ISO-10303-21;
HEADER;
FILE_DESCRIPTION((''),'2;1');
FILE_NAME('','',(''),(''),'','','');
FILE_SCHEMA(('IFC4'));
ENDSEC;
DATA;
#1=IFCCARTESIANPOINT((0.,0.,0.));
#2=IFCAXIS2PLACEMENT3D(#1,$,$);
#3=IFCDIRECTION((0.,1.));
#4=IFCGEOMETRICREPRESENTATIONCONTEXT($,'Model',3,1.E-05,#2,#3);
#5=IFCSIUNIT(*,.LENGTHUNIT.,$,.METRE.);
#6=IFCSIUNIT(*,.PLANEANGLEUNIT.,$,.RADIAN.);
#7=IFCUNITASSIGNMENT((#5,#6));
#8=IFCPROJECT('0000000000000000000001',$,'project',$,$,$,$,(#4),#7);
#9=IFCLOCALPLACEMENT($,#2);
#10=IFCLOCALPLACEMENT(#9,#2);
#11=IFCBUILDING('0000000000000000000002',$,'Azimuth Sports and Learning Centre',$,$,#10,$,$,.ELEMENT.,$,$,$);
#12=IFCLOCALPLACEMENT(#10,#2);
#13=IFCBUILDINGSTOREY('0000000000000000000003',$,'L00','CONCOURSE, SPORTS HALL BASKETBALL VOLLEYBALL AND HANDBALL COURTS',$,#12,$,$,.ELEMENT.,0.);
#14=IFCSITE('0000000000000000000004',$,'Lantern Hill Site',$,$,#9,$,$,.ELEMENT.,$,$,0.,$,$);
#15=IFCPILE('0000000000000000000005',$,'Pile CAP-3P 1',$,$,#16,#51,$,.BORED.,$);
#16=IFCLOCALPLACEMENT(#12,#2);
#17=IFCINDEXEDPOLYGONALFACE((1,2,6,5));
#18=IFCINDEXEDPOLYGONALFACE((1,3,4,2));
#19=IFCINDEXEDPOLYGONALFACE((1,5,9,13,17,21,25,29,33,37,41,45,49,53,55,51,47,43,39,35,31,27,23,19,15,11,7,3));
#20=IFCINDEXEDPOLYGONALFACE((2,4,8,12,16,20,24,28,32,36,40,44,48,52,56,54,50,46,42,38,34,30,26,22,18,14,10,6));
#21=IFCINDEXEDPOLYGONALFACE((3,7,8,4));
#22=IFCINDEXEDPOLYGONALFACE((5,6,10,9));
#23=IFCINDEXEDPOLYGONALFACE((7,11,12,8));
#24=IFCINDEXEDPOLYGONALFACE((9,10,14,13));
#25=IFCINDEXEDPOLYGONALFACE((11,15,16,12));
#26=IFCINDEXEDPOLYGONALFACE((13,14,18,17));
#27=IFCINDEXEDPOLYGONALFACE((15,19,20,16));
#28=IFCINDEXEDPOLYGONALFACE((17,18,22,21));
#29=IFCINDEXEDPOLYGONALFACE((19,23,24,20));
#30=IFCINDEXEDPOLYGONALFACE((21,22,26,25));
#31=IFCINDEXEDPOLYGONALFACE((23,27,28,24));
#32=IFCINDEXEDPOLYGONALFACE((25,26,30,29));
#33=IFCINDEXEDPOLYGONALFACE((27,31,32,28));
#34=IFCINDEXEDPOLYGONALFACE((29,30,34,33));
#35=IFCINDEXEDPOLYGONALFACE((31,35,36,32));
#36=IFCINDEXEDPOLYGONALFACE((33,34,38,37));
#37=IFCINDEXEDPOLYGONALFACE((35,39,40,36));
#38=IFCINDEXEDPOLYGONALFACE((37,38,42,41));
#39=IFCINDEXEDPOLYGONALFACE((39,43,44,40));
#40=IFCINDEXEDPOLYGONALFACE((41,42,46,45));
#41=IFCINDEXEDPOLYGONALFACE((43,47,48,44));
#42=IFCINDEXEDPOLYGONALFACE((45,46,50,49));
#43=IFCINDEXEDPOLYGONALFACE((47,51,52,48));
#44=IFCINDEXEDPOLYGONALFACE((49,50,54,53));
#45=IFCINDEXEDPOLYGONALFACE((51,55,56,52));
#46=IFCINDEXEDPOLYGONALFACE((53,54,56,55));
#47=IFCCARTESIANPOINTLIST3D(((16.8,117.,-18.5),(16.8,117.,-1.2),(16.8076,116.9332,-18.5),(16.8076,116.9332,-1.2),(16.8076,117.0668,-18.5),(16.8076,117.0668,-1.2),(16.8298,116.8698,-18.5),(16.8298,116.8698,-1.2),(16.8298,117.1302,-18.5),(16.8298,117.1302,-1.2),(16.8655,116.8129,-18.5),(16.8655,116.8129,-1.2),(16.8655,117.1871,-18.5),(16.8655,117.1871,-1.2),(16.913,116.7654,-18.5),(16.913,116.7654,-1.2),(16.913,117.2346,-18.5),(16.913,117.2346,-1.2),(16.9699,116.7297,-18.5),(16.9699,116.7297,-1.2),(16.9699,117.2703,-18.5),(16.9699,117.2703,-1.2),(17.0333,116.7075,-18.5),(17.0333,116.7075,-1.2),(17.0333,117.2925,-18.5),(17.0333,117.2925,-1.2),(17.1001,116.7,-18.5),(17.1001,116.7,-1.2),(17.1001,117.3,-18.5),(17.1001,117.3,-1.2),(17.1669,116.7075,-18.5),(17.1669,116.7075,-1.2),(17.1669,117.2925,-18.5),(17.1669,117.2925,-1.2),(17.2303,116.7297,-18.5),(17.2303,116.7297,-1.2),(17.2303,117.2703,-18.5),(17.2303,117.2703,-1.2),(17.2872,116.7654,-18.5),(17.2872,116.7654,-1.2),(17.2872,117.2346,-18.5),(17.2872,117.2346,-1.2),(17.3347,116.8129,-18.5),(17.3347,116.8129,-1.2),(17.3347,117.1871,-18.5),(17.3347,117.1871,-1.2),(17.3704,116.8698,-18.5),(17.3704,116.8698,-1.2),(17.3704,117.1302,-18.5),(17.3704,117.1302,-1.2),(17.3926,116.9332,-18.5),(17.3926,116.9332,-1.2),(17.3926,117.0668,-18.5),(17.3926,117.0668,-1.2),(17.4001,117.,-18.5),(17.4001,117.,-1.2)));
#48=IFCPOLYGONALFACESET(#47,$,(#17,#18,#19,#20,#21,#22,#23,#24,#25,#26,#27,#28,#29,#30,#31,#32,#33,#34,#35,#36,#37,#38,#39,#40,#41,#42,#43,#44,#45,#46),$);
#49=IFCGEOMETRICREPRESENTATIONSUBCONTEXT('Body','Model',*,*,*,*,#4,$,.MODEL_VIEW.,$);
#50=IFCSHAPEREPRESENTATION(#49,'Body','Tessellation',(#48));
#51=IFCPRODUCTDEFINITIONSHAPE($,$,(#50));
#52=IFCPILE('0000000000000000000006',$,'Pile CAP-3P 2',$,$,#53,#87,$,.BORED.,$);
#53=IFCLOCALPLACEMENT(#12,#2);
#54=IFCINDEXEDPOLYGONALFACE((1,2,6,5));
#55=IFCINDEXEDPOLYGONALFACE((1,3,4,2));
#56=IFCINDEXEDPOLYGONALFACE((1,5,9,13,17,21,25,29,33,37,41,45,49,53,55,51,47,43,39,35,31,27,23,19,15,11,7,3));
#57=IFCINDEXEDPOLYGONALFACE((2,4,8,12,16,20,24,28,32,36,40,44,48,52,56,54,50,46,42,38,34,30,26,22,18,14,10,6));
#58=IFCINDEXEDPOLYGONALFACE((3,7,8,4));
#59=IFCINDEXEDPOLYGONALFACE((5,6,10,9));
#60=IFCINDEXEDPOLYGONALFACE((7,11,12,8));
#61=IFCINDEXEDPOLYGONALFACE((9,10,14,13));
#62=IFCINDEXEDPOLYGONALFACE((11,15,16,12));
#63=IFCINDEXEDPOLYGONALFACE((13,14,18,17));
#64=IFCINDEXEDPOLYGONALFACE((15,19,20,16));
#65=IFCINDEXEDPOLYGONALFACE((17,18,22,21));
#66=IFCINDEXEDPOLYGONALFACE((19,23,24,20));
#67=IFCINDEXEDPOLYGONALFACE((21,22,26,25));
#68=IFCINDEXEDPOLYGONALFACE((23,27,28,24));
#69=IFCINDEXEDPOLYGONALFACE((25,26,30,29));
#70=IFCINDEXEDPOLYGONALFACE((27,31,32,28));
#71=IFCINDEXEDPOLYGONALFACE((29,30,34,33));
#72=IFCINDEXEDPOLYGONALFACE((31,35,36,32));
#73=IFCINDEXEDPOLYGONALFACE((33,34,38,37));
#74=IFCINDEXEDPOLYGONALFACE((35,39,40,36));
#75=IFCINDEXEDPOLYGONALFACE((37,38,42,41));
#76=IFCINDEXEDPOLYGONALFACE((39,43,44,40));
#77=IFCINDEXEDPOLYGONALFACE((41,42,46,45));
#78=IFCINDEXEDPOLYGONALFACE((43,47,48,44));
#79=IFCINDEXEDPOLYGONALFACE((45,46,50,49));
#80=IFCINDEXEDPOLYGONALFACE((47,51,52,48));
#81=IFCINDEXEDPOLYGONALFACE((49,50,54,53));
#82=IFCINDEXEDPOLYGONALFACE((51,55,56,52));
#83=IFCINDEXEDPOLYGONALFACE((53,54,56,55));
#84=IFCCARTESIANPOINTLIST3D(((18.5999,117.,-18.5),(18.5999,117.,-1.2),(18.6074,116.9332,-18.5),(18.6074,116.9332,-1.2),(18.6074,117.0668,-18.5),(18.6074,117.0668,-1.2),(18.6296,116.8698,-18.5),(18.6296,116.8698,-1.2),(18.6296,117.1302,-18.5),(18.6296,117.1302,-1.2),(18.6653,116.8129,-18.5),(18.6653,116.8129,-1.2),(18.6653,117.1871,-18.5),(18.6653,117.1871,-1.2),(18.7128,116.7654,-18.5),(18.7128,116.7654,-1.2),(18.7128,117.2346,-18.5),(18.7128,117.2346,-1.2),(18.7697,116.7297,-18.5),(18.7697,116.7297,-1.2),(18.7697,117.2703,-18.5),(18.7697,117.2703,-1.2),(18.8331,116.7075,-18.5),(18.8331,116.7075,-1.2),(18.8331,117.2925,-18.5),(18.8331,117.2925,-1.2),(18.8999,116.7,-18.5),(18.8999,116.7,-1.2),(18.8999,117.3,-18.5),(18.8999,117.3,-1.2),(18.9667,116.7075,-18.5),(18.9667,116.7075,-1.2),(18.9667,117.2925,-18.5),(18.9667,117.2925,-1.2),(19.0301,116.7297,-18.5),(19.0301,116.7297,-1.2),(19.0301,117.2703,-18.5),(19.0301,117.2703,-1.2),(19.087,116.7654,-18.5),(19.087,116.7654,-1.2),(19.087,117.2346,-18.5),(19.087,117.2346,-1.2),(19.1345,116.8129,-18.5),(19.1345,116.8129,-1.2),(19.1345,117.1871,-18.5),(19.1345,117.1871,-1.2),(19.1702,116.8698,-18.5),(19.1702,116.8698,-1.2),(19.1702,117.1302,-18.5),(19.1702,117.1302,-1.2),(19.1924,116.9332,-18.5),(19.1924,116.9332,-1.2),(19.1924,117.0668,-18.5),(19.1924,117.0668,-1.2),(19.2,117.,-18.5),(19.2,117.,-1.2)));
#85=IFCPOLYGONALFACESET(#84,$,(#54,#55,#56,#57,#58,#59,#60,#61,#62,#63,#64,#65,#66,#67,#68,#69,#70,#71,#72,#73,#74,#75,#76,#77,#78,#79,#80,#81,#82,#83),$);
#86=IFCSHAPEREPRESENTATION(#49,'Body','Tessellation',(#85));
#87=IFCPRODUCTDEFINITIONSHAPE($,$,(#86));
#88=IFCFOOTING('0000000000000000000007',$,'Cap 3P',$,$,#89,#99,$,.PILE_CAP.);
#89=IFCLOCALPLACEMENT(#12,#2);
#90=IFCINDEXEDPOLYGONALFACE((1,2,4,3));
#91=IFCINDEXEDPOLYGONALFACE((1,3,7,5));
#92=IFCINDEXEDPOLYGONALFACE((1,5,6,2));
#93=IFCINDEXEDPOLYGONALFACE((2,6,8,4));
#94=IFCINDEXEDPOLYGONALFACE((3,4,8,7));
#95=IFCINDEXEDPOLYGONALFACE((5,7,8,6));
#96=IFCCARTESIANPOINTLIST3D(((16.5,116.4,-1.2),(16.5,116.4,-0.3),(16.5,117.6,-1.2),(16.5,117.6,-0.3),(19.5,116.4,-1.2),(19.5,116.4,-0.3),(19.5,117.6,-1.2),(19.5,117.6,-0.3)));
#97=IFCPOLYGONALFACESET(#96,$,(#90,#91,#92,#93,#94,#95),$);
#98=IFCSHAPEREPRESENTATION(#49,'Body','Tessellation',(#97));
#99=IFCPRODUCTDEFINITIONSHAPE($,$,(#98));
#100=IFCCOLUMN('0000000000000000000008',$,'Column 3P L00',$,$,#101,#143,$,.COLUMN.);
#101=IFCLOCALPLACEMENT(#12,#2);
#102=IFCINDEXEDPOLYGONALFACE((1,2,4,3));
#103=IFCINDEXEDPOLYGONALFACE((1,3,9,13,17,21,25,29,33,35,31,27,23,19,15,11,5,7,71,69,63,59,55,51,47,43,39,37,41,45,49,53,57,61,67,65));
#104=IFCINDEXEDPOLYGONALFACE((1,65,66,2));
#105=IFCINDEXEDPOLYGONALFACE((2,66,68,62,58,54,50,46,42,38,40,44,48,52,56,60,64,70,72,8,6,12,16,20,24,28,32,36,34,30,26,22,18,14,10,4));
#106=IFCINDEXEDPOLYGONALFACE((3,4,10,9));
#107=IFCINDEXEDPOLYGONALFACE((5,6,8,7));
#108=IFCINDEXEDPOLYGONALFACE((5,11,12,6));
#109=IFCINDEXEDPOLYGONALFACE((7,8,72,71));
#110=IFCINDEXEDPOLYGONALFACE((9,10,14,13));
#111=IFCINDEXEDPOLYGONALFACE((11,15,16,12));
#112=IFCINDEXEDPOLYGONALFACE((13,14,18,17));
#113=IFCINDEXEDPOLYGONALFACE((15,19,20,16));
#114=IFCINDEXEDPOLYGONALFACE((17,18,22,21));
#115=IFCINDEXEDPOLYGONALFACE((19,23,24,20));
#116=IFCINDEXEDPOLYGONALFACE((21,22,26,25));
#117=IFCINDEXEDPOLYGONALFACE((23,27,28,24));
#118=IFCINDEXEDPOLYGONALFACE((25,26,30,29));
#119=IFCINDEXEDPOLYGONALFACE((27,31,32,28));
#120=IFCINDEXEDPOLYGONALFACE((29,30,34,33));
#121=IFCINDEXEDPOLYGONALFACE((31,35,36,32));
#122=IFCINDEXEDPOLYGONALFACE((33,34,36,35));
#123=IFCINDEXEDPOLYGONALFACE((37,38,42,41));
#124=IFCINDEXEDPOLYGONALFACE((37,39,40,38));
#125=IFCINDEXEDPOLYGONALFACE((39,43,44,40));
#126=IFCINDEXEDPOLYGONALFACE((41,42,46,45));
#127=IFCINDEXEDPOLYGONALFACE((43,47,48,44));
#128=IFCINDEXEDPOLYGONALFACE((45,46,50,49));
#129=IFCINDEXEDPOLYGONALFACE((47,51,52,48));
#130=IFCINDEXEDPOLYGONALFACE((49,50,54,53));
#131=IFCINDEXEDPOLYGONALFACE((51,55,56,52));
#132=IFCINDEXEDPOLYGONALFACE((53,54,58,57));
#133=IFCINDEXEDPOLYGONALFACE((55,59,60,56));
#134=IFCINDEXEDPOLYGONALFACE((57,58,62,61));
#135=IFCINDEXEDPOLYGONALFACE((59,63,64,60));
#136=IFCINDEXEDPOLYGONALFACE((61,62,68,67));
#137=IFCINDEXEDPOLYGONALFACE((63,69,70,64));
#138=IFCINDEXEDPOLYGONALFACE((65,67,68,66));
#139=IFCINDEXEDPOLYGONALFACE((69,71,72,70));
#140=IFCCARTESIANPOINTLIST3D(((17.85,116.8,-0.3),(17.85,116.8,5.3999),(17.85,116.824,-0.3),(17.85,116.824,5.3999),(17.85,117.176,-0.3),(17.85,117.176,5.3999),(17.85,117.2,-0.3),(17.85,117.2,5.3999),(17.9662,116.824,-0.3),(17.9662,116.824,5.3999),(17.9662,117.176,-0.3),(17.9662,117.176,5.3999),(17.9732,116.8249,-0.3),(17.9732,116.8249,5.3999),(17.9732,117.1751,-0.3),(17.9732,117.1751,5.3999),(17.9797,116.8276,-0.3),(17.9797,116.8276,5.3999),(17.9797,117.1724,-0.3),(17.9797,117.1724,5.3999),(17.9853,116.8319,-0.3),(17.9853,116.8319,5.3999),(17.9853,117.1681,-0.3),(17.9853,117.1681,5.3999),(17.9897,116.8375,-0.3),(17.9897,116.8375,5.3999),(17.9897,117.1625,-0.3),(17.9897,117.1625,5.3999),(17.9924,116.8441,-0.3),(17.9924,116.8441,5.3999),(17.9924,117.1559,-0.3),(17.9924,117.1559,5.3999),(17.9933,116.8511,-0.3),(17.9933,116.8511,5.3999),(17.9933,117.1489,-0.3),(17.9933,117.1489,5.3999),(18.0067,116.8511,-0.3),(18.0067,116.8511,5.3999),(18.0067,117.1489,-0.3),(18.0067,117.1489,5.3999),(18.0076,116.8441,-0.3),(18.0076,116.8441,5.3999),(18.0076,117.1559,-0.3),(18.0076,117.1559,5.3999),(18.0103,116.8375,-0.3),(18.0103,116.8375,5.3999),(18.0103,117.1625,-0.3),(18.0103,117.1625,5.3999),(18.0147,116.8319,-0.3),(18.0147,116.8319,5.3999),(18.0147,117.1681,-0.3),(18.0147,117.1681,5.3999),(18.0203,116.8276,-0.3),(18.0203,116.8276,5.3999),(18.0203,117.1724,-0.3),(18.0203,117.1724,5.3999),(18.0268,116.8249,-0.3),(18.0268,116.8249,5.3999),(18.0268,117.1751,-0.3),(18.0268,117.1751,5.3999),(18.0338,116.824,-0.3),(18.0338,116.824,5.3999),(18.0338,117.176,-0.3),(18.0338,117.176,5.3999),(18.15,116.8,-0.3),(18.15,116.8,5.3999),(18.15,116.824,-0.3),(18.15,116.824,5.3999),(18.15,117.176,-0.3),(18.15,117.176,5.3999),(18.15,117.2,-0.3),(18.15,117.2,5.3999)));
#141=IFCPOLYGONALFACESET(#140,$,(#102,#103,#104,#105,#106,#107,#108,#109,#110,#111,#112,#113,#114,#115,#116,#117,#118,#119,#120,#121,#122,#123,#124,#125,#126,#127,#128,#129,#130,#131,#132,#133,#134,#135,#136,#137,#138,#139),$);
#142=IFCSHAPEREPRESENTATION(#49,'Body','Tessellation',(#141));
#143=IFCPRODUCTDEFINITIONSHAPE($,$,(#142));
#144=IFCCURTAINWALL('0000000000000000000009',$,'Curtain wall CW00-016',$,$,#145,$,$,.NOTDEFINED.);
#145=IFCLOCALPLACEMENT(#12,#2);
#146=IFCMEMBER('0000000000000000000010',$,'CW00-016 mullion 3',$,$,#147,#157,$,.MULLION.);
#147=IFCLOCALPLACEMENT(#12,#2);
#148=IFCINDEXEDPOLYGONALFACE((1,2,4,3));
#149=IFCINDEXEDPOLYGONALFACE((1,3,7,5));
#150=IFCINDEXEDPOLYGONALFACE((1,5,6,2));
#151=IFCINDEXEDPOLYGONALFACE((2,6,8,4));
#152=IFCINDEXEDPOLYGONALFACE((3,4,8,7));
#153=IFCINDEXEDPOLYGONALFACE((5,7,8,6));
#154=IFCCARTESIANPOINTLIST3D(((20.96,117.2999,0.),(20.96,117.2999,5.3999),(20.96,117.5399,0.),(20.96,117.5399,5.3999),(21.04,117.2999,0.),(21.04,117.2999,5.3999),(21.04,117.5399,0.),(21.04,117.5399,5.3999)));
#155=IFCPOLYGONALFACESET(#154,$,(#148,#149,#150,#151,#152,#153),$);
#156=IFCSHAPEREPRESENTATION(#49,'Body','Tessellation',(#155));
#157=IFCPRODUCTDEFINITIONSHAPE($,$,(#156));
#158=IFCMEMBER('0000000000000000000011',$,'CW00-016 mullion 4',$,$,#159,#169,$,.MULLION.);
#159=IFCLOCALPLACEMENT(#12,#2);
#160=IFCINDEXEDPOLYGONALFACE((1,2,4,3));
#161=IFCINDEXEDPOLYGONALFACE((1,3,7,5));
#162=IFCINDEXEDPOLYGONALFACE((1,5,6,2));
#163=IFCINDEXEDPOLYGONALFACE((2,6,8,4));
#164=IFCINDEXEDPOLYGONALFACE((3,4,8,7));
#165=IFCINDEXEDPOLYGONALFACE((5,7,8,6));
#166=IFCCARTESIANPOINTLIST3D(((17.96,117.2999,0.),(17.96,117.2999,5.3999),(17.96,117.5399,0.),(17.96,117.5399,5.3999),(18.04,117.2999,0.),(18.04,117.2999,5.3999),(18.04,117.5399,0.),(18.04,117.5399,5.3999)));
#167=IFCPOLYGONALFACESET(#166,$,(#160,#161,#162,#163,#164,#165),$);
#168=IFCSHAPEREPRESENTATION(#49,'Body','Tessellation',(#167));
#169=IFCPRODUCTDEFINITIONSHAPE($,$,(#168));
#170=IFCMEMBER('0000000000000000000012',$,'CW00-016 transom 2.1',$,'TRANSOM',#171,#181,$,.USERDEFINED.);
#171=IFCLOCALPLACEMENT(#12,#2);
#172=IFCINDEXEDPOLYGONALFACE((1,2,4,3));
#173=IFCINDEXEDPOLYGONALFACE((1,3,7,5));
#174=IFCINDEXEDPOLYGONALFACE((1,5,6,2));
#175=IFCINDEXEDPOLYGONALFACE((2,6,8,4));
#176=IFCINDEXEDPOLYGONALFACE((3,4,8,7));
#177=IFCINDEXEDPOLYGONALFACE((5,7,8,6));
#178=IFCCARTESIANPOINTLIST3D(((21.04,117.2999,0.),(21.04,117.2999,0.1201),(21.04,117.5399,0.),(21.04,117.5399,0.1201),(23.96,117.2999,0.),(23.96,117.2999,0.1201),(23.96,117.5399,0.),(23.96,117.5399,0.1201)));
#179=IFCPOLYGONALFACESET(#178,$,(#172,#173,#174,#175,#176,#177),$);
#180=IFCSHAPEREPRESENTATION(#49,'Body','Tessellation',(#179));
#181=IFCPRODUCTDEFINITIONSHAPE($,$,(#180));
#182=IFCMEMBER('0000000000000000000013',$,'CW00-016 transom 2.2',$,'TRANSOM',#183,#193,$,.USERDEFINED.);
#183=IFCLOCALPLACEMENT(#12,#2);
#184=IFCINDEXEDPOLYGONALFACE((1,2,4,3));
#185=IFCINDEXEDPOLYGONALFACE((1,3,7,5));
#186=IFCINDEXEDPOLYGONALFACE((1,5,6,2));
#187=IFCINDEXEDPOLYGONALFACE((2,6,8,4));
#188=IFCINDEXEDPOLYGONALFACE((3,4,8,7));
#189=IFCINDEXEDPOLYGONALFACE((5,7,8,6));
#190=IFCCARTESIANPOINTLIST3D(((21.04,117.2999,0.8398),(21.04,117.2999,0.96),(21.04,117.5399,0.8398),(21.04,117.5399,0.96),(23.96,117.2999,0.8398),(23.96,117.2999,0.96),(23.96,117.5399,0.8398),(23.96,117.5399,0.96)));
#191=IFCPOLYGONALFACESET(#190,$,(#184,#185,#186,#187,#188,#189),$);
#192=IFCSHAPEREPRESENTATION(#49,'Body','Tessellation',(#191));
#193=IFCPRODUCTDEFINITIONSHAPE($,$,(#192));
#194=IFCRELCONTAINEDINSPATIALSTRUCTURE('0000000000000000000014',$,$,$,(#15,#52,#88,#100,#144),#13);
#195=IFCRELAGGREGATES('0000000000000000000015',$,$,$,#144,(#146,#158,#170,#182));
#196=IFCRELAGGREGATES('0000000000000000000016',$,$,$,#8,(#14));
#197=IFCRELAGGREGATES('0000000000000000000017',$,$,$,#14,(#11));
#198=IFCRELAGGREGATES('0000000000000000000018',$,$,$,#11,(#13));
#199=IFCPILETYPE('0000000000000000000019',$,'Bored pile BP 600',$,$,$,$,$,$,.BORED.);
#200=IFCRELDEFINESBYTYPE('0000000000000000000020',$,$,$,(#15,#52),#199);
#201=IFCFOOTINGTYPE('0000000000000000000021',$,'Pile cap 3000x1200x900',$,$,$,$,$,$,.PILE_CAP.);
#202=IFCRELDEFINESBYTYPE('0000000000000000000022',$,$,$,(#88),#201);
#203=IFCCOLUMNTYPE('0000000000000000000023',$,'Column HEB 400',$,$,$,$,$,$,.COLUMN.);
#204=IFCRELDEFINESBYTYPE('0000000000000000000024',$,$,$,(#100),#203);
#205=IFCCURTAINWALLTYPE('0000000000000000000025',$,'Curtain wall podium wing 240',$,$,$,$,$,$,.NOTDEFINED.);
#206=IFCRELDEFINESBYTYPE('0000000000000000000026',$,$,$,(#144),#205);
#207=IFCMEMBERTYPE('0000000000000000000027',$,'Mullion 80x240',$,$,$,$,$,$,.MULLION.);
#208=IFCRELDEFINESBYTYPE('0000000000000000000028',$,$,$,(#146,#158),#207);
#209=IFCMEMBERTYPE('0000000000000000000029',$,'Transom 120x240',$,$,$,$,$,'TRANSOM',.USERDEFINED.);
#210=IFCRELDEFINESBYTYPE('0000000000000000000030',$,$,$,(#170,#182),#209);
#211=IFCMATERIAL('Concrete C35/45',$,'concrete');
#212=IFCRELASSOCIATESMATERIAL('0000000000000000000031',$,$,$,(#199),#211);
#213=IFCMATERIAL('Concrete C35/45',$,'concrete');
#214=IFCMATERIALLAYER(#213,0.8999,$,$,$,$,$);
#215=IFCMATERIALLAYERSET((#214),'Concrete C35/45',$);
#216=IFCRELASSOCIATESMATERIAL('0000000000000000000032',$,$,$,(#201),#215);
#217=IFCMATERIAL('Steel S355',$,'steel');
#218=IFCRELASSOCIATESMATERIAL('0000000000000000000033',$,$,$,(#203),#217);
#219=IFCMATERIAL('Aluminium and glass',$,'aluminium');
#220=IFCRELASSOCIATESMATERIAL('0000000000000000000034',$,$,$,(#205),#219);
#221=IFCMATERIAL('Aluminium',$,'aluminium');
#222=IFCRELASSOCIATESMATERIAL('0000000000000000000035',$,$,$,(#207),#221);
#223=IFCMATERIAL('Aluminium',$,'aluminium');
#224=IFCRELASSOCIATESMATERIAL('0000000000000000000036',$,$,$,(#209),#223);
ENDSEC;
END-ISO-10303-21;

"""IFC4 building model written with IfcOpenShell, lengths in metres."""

from ifc_helpers import new_model, si_unit, direction, frame, origin, origin_2d, place, context, subcontext, project, spatial, rectangle, circle, i_section, extrude, material, layer, layer_set, material_profile, profile_set, type_object, element, aggregate, save


model = new_model("IFC4")

# Units and contexts
model_context = context("Model", 3, precision=1e-05, world=origin(), true_north=direction((0.0, 1.0)))
body_context = subcontext(model_context, "Body", "Model", "MODEL_VIEW")
ifc_project = project(units=[si_unit("LENGTHUNIT", "METRE"), si_unit("PLANEANGLEUNIT", "RADIAN")], contexts=[model_context])

# Site, building, storey
site_placement = place(None, origin())
site = spatial("IfcSite", under=ifc_project, at=site_placement, Name="Lantern Hill Site", CompositionType="ELEMENT", RefElevation=0.0)
building_placement = place(site_placement, origin())
building = spatial("IfcBuilding", under=site, at=building_placement, Name="Azimuth Sports and Learning Centre", CompositionType="ELEMENT")
storey_placement = place(building_placement, origin())
storey = spatial("IfcBuildingStorey", under=building, at=storey_placement, Name="L00", Description="CONCOURSE, SPORTS HALL BASKETBALL VOLLEYBALL AND HANDBALL COURTS", CompositionType="ELEMENT", Elevation=0.0)

# Piles
ifc_material_1 = material(Name="Concrete C35/45", Category="concrete")
ifc_material_profile_1 = material_profile(ifc_material_1, circle(Radius=0.3, at=origin_2d()), Name="BP 600")
ifc_profile_set_1 = profile_set([ifc_material_profile_1], Name="Concrete C35/45")
pile_type = type_object("IfcPileType", Name="Bored pile BP 600", PredefinedType="BORED", material=ifc_profile_set_1)
for number, where, z_axis, x_axis, name in (
    (1, (17.1001, 117.0, -1.2), (0.0, 0.0, -1.0), (1.0, 0.0, 0.0), "Pile CAP-3P 1"),
    (2, (18.8999, 117.0, -1.2), (0.0, 0.0, -1.0), (1.0, 0.0, 0.0), "Pile CAP-3P 2"),
):
    element("IfcPile", number, at=place(storey_placement, frame(where, z_axis=z_axis, x_axis=x_axis)), inside=storey, type_object=pile_type, Name=name, PredefinedType="BORED", context=body_context, shape_type="SweptSolid", body=[
        extrude(circle(Radius=0.3, at=origin_2d()), origin(), (0.0, 0.0, 1.0), 17.3),
    ])

# Footing
ifc_material_2 = material(Name="Concrete C35/45", Category="concrete")
ifc_layer_1 = layer(ifc_material_2, 0.8999)
ifc_layer_set_1 = layer_set([ifc_layer_1], Name="Concrete C35/45")
footing_type = type_object("IfcFootingType", Name="Pile cap 3000x1200x900", PredefinedType="PILE_CAP", material=ifc_layer_set_1)
footing_placement = place(storey_placement, frame((18.0, 117.0, -1.2), z_axis=(0.0, 0.0, 1.0), x_axis=(1.0, 0.0, 0.0)))
element("IfcFooting", 3, at=footing_placement, inside=storey, type_object=footing_type, Name="Cap 3P", PredefinedType="PILE_CAP", context=body_context, shape_type="SweptSolid", body=[
    extrude(rectangle(XDim=3.0, YDim=1.2, at=origin_2d()), origin(), (0.0, 0.0, 1.0), 0.8999),
])

# Column
ifc_material_3 = material(Name="Steel S355", Category="steel")
ifc_material_profile_2 = material_profile(ifc_material_3, i_section(OverallWidth=0.3, OverallDepth=0.3999, WebThickness=0.0134, FlangeThickness=0.0239, FilletRadius=0.0271, at=origin_2d()), Name="HEB 400")
ifc_profile_set_2 = profile_set([ifc_material_profile_2], Name="Steel S355")
column_type = type_object("IfcColumnType", Name="Column HEB 400", PredefinedType="COLUMN", material=ifc_profile_set_2)
column_placement = place(storey_placement, frame((18.0, 117.0, -0.3), z_axis=(0.0, 0.0, 1.0), x_axis=(1.0, 0.0, 0.0)))
element("IfcColumn", 4, at=column_placement, inside=storey, type_object=column_type, Name="Column 3P L00", PredefinedType="COLUMN", context=body_context, shape_type="SweptSolid", body=[
    extrude(i_section(OverallWidth=0.3, OverallDepth=0.3999, WebThickness=0.0134, FlangeThickness=0.0239, FilletRadius=0.0271, at=origin_2d()), origin(), (0.0, 0.0, 1.0), 5.7),
])

# Curtain wall, members
ifc_material_4 = material(Name="Aluminium and glass", Category="aluminium")
curtain_wall_type = type_object("IfcCurtainWallType", Name="Curtain wall podium wing 240", PredefinedType="NOTDEFINED", material=ifc_material_4)
curtain_wall_placement = place(storey_placement, origin())
curtain_wall = element("IfcCurtainWall", 5, at=curtain_wall_placement, inside=storey, type_object=curtain_wall_type, Name="Curtain wall CW00-016", PredefinedType="NOTDEFINED")
ifc_material_5 = material(Name="Aluminium", Category="aluminium")
ifc_material_profile_3 = material_profile(ifc_material_5, rectangle(XDim=0.24, YDim=0.0801, at=origin_2d()), Name="Mullion 80x240")
ifc_profile_set_3 = profile_set([ifc_material_profile_3], Name="Aluminium")
member_type_1 = type_object("IfcMemberType", Name="Mullion 80x240", PredefinedType="MULLION", material=ifc_profile_set_3)
member_1_placement = place(storey_placement, frame((21.0, 117.4199, 0.0), z_axis=(0.0, 0.0, 1.0), x_axis=(0.0, -1.0, 0.0)))
member_1 = element("IfcMember", 6, at=member_1_placement, type_object=member_type_1, Name="CW00-016 mullion 3", PredefinedType="MULLION", context=body_context, shape_type="SweptSolid", body=[
    extrude(rectangle(XDim=0.24, YDim=0.0801, at=origin_2d()), origin(), (0.0, 0.0, 1.0), 5.3999),
])
member_2_placement = place(storey_placement, frame((18.0, 117.4199, 0.0), z_axis=(0.0, 0.0, 1.0), x_axis=(0.0, -1.0, 0.0)))
member_2 = element("IfcMember", 7, at=member_2_placement, type_object=member_type_1, Name="CW00-016 mullion 4", PredefinedType="MULLION", context=body_context, shape_type="SweptSolid", body=[
    extrude(rectangle(XDim=0.24, YDim=0.0801, at=origin_2d()), origin(), (0.0, 0.0, 1.0), 5.3999),
])
ifc_material_6 = material(Name="Aluminium", Category="aluminium")
ifc_material_profile_4 = material_profile(ifc_material_6, rectangle(XDim=0.24, YDim=0.1201, at=origin_2d()), Name="Transom 120x240")
ifc_profile_set_4 = profile_set([ifc_material_profile_4], Name="Aluminium")
member_type_2 = type_object("IfcMemberType", Name="Transom 120x240", ElementType="TRANSOM", PredefinedType="USERDEFINED", material=ifc_profile_set_4)
member_3_placement = place(storey_placement, frame((23.96, 117.4199, 0.0601), z_axis=(-1.0, 0.0, 0.0), x_axis=(0.0, -1.0, 0.0)))
member_3 = element("IfcMember", 8, at=member_3_placement, type_object=member_type_2, Name="CW00-016 transom 2.1", ObjectType="TRANSOM", PredefinedType="USERDEFINED", context=body_context, shape_type="SweptSolid", body=[
    extrude(rectangle(XDim=0.24, YDim=0.1201, at=origin_2d()), origin(), (0.0, 0.0, 1.0), 2.9199),
])
member_4_placement = place(storey_placement, frame((23.96, 117.4199, 0.8999), z_axis=(-1.0, 0.0, 0.0), x_axis=(0.0, -1.0, 0.0)))
member_4 = element("IfcMember", 9, at=member_4_placement, type_object=member_type_2, Name="CW00-016 transom 2.2", ObjectType="TRANSOM", PredefinedType="USERDEFINED", context=body_context, shape_type="SweptSolid", body=[
    extrude(rectangle(XDim=0.24, YDim=0.1201, at=origin_2d()), origin(), (0.0, 0.0, 1.0), 2.9199),
])
aggregate(curtain_wall, [member_1, member_2, member_3, member_4])

save(model, "model.ifc")
